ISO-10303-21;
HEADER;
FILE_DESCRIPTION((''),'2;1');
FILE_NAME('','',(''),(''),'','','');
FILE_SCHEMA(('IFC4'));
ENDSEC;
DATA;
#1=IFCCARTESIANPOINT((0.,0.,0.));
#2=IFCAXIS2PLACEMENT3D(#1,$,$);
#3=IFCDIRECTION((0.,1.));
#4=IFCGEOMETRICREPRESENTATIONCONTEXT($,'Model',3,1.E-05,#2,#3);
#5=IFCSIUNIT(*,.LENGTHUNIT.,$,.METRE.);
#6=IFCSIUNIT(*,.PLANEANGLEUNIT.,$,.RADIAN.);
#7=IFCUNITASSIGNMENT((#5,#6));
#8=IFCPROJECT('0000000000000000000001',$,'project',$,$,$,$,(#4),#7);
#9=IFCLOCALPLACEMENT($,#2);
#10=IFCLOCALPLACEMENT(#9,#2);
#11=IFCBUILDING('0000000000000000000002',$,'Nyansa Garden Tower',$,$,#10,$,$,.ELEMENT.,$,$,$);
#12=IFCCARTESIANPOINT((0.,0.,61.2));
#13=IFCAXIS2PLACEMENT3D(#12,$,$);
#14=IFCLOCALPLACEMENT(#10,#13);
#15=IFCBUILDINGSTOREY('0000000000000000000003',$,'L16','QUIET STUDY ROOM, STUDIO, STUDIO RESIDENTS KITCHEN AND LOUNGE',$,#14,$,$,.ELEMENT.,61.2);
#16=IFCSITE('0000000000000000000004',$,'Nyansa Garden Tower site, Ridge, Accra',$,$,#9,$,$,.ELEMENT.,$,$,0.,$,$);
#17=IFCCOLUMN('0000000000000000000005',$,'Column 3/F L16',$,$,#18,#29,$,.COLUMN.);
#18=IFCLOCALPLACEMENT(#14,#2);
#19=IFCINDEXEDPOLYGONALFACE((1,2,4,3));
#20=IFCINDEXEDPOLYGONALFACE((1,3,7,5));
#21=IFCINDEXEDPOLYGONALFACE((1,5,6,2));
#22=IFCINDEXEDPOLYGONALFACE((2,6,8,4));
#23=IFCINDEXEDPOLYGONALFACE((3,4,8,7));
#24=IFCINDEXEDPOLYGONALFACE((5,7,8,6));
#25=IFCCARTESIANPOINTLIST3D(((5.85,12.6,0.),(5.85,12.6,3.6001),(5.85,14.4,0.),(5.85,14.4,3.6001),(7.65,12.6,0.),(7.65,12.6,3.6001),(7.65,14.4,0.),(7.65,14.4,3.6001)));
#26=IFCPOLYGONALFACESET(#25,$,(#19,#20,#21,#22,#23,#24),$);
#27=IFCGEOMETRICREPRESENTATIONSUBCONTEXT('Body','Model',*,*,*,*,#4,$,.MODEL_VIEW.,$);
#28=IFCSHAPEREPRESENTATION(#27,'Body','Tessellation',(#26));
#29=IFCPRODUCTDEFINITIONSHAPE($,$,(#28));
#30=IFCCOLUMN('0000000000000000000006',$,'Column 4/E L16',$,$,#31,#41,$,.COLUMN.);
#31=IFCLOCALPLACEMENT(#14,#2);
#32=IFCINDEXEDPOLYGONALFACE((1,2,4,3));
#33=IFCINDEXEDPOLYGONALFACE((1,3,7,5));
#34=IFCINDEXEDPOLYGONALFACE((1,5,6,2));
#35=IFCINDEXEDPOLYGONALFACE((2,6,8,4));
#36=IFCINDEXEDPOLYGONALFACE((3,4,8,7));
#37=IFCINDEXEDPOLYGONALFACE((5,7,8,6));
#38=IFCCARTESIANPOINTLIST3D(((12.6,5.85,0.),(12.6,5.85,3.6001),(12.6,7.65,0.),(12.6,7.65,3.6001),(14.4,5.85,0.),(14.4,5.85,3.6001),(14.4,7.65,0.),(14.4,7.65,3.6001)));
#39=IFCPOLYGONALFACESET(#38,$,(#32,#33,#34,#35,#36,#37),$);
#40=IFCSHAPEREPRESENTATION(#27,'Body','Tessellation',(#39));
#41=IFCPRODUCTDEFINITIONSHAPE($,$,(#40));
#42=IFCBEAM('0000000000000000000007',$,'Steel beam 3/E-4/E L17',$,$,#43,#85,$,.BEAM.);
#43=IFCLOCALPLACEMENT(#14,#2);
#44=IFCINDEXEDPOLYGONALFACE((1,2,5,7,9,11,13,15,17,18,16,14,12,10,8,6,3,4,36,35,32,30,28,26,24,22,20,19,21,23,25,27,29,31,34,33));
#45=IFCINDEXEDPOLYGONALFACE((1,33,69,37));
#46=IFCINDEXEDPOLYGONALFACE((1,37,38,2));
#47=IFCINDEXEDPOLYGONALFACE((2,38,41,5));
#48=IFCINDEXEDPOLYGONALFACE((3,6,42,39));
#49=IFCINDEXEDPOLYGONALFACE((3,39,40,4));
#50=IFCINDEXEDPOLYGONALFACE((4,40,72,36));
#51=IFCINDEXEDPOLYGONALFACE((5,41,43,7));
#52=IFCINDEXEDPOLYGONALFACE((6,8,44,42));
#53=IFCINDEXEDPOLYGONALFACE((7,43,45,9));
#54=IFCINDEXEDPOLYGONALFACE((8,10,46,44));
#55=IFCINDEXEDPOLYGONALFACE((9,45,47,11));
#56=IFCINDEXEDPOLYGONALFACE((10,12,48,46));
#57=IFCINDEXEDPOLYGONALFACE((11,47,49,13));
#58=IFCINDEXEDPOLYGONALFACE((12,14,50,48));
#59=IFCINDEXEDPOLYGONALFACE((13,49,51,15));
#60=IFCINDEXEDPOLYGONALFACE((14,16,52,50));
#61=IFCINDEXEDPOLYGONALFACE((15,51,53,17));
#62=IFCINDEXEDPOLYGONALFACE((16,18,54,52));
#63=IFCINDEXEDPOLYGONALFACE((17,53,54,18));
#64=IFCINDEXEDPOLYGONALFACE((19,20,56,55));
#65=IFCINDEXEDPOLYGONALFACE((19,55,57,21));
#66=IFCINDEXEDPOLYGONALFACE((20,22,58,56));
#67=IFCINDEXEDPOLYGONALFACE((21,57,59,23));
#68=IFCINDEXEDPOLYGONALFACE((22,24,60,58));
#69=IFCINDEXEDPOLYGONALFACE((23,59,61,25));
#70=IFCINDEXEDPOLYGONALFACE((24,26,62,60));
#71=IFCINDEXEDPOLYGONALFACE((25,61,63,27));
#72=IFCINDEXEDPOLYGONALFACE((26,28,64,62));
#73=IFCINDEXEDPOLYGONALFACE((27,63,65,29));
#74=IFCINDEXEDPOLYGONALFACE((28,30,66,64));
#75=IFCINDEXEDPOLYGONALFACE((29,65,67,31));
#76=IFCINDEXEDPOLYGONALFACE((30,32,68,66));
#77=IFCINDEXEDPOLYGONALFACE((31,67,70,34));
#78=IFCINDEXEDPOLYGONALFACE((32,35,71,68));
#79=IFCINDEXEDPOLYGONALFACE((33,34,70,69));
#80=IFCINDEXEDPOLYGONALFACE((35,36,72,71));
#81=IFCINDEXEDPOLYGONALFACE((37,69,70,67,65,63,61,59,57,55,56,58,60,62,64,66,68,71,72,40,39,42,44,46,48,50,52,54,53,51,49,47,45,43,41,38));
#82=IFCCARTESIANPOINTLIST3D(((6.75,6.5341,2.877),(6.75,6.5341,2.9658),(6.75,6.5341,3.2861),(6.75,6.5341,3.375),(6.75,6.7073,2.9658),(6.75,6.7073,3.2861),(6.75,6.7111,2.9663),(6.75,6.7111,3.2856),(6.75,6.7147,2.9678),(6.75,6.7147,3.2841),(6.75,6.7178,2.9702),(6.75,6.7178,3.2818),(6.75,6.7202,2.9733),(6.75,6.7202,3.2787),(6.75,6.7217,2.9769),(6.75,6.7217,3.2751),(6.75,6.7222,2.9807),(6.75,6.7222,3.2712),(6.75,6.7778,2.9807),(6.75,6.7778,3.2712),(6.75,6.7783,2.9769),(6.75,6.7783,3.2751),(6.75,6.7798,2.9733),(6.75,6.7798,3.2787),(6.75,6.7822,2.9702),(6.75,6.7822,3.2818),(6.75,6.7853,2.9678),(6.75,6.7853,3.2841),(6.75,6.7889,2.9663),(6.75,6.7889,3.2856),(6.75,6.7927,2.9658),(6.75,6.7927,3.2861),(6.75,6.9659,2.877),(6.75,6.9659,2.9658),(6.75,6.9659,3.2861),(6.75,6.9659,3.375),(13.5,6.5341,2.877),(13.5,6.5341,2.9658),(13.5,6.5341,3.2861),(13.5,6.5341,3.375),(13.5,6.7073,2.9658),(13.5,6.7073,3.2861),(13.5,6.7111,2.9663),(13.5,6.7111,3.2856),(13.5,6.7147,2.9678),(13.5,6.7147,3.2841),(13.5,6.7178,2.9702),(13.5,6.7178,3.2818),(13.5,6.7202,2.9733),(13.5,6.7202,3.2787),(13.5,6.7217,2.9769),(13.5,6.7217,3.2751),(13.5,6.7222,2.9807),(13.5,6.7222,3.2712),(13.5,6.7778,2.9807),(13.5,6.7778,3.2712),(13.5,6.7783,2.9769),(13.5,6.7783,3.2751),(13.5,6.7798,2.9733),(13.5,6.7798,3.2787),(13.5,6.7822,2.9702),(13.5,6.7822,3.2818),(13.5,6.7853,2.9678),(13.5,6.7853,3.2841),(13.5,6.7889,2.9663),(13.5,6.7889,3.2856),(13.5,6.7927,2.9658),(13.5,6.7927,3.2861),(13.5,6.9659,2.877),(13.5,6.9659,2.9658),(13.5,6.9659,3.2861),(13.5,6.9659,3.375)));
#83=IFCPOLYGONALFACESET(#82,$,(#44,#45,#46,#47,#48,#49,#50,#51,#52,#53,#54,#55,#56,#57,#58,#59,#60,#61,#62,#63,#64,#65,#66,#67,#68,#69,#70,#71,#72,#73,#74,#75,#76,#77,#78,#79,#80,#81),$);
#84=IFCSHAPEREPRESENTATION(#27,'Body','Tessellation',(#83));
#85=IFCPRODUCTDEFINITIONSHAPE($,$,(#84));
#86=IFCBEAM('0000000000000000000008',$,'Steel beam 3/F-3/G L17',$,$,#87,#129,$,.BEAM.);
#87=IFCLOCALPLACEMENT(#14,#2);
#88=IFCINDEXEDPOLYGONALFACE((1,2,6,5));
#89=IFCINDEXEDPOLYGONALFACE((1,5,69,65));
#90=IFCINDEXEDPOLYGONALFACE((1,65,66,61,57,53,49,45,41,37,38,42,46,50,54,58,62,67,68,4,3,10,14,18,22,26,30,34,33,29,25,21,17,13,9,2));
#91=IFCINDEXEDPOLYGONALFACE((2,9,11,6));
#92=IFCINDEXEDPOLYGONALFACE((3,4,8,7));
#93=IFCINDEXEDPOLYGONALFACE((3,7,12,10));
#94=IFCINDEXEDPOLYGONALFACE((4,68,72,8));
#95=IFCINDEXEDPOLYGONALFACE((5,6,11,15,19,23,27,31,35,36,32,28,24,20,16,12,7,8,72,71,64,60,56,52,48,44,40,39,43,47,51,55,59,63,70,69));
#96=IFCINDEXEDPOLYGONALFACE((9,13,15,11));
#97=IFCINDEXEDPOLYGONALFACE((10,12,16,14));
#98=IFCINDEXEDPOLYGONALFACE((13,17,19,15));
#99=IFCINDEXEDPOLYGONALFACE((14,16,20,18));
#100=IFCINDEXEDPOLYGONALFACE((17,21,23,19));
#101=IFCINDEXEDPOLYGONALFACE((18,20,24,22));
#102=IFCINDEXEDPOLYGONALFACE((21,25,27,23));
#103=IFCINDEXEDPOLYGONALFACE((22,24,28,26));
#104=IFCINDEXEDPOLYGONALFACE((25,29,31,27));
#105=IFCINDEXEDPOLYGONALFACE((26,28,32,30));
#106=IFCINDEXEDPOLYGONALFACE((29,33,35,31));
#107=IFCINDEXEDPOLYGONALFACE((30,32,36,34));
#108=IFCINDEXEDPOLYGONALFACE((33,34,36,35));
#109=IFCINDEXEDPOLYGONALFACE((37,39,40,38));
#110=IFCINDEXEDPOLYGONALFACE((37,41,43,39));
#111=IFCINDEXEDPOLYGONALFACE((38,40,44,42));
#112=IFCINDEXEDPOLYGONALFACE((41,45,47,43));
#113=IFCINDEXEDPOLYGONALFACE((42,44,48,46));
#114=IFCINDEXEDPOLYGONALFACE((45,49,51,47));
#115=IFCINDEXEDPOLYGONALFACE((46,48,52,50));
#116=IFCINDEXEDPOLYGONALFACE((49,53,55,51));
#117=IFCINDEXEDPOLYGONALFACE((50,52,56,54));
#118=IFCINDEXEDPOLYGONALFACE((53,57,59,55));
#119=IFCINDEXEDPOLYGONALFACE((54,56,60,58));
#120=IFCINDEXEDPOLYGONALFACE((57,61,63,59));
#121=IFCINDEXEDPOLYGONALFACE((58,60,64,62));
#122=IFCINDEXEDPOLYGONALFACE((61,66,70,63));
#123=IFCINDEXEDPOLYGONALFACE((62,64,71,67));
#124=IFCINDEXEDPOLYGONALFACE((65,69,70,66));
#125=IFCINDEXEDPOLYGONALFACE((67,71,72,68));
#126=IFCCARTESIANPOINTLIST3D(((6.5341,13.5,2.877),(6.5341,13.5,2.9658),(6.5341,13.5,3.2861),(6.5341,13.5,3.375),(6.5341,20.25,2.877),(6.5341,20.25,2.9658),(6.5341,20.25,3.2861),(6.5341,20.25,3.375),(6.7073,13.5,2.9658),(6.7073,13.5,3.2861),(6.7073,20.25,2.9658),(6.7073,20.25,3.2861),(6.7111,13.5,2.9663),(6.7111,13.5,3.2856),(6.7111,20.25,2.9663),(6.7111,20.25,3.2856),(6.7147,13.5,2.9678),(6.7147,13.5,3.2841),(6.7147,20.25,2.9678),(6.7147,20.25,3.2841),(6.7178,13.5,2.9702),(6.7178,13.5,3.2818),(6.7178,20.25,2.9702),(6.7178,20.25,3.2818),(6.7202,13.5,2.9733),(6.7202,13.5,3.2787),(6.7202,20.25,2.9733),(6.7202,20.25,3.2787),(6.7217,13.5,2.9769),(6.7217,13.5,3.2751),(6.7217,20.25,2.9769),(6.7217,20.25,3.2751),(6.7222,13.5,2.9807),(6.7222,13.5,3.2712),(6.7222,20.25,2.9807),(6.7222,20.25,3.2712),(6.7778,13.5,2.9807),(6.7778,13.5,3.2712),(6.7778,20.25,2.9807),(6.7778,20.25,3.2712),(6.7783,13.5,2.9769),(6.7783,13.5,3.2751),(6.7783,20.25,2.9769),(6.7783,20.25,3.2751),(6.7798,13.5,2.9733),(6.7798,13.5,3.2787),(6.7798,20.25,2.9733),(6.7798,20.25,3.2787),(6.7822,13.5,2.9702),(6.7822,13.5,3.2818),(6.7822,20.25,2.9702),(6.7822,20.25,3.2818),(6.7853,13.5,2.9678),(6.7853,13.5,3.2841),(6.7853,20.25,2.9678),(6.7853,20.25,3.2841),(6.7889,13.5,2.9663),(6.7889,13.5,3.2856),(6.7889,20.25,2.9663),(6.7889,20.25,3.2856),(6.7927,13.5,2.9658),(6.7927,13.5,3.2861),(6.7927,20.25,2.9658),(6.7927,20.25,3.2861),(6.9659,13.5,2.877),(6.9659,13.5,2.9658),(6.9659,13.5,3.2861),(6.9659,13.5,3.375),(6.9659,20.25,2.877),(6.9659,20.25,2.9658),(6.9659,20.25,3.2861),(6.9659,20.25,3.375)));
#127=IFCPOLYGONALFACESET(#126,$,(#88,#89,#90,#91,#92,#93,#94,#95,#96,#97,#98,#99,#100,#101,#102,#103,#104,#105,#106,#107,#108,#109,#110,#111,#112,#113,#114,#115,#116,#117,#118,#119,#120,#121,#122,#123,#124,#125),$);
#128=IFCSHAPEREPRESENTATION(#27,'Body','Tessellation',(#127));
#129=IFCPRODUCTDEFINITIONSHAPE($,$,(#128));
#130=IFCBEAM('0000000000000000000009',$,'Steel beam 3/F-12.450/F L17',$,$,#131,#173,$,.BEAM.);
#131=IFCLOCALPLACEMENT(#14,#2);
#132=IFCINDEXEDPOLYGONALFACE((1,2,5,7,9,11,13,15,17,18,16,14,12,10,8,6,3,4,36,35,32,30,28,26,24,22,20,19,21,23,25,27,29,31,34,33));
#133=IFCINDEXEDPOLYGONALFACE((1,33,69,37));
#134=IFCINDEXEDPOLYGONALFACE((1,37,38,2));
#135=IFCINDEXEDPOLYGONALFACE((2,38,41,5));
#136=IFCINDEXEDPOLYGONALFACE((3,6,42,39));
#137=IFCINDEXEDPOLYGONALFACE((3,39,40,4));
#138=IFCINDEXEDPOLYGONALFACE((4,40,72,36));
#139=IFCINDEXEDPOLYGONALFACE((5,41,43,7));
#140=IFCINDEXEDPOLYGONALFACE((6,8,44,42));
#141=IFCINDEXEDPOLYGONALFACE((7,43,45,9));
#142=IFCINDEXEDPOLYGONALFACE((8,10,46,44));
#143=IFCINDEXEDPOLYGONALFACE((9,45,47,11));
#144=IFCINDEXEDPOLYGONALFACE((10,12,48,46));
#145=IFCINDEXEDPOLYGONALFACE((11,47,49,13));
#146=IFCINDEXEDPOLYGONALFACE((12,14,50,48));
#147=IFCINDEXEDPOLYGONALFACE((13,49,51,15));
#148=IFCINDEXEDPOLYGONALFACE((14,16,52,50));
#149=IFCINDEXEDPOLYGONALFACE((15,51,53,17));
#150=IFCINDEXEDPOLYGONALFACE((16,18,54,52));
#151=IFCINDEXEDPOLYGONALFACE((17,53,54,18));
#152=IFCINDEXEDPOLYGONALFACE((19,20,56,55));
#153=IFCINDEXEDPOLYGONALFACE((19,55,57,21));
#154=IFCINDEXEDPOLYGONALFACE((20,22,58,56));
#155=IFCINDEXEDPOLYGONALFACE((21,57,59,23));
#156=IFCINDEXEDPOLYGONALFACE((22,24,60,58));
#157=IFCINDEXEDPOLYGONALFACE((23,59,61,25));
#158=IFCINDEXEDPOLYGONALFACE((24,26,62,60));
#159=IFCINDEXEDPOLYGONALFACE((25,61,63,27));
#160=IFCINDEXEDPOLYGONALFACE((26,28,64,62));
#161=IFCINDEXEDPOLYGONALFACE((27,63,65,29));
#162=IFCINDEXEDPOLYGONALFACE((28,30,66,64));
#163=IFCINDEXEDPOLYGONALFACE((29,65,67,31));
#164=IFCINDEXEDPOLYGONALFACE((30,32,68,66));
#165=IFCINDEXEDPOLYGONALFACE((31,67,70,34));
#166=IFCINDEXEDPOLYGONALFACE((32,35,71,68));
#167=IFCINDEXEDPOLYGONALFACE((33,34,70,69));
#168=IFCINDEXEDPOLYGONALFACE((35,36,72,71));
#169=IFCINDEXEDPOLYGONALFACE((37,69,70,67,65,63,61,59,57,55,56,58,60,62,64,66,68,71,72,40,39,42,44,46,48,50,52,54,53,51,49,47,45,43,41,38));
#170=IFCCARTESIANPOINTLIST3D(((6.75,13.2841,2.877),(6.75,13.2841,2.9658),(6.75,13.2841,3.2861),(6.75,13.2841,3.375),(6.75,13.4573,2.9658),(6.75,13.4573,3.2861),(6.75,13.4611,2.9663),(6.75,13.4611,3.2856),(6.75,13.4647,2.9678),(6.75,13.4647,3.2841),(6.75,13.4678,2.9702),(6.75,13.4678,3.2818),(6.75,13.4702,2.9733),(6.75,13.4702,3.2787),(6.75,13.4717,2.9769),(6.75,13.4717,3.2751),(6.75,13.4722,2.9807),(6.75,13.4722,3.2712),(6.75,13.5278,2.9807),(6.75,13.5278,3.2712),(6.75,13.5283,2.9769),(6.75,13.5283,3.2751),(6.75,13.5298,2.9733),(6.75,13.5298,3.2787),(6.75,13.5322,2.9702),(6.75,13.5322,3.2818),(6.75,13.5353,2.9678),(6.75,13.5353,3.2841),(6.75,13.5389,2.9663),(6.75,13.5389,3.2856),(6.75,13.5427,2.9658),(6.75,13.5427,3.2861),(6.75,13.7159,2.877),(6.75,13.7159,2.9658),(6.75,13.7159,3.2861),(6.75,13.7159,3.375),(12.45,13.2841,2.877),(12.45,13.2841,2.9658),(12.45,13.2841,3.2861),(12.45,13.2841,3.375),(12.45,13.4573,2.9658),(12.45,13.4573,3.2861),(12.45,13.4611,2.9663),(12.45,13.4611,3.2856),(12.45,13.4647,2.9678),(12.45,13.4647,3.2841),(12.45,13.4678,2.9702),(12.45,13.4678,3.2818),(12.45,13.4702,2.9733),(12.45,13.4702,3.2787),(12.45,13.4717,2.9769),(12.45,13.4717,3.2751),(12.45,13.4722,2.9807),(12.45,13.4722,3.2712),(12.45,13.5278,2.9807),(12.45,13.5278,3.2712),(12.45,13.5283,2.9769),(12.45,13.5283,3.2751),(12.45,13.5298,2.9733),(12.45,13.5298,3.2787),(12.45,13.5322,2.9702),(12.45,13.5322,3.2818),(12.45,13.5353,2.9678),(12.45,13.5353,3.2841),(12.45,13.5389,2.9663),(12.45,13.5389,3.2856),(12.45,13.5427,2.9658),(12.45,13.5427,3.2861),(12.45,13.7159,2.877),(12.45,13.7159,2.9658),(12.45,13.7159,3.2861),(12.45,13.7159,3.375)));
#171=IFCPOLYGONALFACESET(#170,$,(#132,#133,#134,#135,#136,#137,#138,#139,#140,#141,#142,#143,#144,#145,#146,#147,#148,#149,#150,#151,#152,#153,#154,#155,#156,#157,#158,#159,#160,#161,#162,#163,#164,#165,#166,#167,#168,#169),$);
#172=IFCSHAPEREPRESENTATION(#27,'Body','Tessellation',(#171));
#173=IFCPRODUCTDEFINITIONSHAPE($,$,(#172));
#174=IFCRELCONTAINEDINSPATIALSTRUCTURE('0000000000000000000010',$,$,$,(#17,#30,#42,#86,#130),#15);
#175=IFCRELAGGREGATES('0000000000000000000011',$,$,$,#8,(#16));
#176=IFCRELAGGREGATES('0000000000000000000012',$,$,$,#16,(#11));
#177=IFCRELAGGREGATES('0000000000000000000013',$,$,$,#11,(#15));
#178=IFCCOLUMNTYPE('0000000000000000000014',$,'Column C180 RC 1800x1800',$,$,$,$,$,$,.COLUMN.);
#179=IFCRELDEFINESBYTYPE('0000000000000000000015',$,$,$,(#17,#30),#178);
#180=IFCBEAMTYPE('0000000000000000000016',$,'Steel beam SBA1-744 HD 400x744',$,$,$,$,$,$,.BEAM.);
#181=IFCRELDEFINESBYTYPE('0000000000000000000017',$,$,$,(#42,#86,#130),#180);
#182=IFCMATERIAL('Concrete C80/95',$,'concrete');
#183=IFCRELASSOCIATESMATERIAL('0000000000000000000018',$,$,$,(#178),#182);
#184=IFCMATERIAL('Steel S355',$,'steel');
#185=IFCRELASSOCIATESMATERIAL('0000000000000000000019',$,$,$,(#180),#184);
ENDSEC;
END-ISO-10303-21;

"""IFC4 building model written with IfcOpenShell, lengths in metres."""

from ifc_helpers import new_model, si_unit, direction, frame, origin, origin_2d, place, context, subcontext, project, spatial, rectangle, i_section, extrude, material, material_profile, profile_set, type_object, element, save


model = new_model("IFC4")

# Units and contexts
model_context = context("Model", 3, precision=1e-05, world=origin(), true_north=direction((0.0, 1.0)))
body_context = subcontext(model_context, "Body", "Model", "MODEL_VIEW")
ifc_project = project(units=[si_unit("LENGTHUNIT", "METRE"), si_unit("PLANEANGLEUNIT", "RADIAN")], contexts=[model_context])

# Site, building, storey
site_placement = place(None, origin())
site = spatial("IfcSite", under=ifc_project, at=site_placement, Name="Nyansa Garden Tower site, Ridge, Accra", CompositionType="ELEMENT", RefElevation=0.0)
building_placement = place(site_placement, origin())
building = spatial("IfcBuilding", under=site, at=building_placement, Name="Nyansa Garden Tower", CompositionType="ELEMENT")
storey_placement = place(building_placement, frame((0.0, 0.0, 61.2)))
storey = spatial("IfcBuildingStorey", under=building, at=storey_placement, Name="L16", Description="QUIET STUDY ROOM, STUDIO, STUDIO RESIDENTS KITCHEN AND LOUNGE", CompositionType="ELEMENT", Elevation=61.2)

# Columns
ifc_material_1 = material(Name="Concrete C80/95", Category="concrete")
ifc_material_profile_1 = material_profile(ifc_material_1, rectangle(XDim=1.8, YDim=1.8, at=origin_2d()), Name="RC 1800x1800")
ifc_profile_set_1 = profile_set([ifc_material_profile_1], Name="Concrete C80/95")
column_type = type_object("IfcColumnType", Name="Column C180 RC 1800x1800", PredefinedType="COLUMN", material=ifc_profile_set_1)
for number, where, z_axis, x_axis, name in (
    (1, (6.75, 13.5, 0.0), (0.0, 0.0, 1.0), (1.0, 0.0, 0.0), "Column 3/F L16"),
    (2, (13.5, 6.75, 0.0), (0.0, 0.0, 1.0), (1.0, 0.0, 0.0), "Column 4/E L16"),
):
    element("IfcColumn", number, at=place(storey_placement, frame(where, z_axis=z_axis, x_axis=x_axis)), inside=storey, type_object=column_type, Name=name, PredefinedType="COLUMN", context=body_context, shape_type="SweptSolid", body=[
        extrude(rectangle(XDim=1.8, YDim=1.8, at=origin_2d()), origin(), (0.0, 0.0, 1.0), 3.6001),
    ])

# Beams
ifc_material_2 = material(Name="Steel S355", Category="steel")
ifc_material_profile_2 = material_profile(ifc_material_2, i_section(OverallWidth=0.4319, OverallDepth=0.498, WebThickness=0.0557, FlangeThickness=0.0889, FilletRadius=0.0149, at=origin_2d()), Name="HD 400x744")
ifc_profile_set_2 = profile_set([ifc_material_profile_2], Name="Steel S355")
beam_type_1 = type_object("IfcBeamType", Name="Steel beam SBA1-744 HD 400x744", PredefinedType="BEAM", material=ifc_profile_set_2)
for number, where, z_axis, x_axis, name in (
    (3, (6.75, 6.75, 3.126), (1.0, 0.0, 0.0), (0.0, 1.0, 0.0), "Steel beam 3/E-4/E L17"),
    (4, (6.75, 13.5, 3.126), (0.0, 1.0, 0.0), (-1.0, 0.0, 0.0), "Steel beam 3/F-3/G L17"),
):
    element("IfcBeam", number, at=place(storey_placement, frame(where, z_axis=z_axis, x_axis=x_axis)), inside=storey, type_object=beam_type_1, Name=name, PredefinedType="BEAM", context=body_context, shape_type="SweptSolid", body=[
        extrude(i_section(OverallWidth=0.4319, OverallDepth=0.498, WebThickness=0.0557, FlangeThickness=0.0889, FilletRadius=0.0149, at=origin_2d()), origin(), (0.0, 0.0, 1.0), 6.75),
    ])
for number, where, z_axis, x_axis, name in (
    (5, (6.75, 13.5, 3.126), (1.0, 0.0, 0.0), (0.0, 1.0, 0.0), "Steel beam 3/F-12.450/F L17"),
):
    element("IfcBeam", number, at=place(storey_placement, frame(where, z_axis=z_axis, x_axis=x_axis)), inside=storey, type_object=beam_type_1, Name=name, PredefinedType="BEAM", context=body_context, shape_type="SweptSolid", body=[
        extrude(i_section(OverallWidth=0.4319, OverallDepth=0.498, WebThickness=0.0557, FlangeThickness=0.0889, FilletRadius=0.0149, at=origin_2d()), origin(), (0.0, 0.0, 1.0), 5.7),
    ])

save(model, "model.ifc")
